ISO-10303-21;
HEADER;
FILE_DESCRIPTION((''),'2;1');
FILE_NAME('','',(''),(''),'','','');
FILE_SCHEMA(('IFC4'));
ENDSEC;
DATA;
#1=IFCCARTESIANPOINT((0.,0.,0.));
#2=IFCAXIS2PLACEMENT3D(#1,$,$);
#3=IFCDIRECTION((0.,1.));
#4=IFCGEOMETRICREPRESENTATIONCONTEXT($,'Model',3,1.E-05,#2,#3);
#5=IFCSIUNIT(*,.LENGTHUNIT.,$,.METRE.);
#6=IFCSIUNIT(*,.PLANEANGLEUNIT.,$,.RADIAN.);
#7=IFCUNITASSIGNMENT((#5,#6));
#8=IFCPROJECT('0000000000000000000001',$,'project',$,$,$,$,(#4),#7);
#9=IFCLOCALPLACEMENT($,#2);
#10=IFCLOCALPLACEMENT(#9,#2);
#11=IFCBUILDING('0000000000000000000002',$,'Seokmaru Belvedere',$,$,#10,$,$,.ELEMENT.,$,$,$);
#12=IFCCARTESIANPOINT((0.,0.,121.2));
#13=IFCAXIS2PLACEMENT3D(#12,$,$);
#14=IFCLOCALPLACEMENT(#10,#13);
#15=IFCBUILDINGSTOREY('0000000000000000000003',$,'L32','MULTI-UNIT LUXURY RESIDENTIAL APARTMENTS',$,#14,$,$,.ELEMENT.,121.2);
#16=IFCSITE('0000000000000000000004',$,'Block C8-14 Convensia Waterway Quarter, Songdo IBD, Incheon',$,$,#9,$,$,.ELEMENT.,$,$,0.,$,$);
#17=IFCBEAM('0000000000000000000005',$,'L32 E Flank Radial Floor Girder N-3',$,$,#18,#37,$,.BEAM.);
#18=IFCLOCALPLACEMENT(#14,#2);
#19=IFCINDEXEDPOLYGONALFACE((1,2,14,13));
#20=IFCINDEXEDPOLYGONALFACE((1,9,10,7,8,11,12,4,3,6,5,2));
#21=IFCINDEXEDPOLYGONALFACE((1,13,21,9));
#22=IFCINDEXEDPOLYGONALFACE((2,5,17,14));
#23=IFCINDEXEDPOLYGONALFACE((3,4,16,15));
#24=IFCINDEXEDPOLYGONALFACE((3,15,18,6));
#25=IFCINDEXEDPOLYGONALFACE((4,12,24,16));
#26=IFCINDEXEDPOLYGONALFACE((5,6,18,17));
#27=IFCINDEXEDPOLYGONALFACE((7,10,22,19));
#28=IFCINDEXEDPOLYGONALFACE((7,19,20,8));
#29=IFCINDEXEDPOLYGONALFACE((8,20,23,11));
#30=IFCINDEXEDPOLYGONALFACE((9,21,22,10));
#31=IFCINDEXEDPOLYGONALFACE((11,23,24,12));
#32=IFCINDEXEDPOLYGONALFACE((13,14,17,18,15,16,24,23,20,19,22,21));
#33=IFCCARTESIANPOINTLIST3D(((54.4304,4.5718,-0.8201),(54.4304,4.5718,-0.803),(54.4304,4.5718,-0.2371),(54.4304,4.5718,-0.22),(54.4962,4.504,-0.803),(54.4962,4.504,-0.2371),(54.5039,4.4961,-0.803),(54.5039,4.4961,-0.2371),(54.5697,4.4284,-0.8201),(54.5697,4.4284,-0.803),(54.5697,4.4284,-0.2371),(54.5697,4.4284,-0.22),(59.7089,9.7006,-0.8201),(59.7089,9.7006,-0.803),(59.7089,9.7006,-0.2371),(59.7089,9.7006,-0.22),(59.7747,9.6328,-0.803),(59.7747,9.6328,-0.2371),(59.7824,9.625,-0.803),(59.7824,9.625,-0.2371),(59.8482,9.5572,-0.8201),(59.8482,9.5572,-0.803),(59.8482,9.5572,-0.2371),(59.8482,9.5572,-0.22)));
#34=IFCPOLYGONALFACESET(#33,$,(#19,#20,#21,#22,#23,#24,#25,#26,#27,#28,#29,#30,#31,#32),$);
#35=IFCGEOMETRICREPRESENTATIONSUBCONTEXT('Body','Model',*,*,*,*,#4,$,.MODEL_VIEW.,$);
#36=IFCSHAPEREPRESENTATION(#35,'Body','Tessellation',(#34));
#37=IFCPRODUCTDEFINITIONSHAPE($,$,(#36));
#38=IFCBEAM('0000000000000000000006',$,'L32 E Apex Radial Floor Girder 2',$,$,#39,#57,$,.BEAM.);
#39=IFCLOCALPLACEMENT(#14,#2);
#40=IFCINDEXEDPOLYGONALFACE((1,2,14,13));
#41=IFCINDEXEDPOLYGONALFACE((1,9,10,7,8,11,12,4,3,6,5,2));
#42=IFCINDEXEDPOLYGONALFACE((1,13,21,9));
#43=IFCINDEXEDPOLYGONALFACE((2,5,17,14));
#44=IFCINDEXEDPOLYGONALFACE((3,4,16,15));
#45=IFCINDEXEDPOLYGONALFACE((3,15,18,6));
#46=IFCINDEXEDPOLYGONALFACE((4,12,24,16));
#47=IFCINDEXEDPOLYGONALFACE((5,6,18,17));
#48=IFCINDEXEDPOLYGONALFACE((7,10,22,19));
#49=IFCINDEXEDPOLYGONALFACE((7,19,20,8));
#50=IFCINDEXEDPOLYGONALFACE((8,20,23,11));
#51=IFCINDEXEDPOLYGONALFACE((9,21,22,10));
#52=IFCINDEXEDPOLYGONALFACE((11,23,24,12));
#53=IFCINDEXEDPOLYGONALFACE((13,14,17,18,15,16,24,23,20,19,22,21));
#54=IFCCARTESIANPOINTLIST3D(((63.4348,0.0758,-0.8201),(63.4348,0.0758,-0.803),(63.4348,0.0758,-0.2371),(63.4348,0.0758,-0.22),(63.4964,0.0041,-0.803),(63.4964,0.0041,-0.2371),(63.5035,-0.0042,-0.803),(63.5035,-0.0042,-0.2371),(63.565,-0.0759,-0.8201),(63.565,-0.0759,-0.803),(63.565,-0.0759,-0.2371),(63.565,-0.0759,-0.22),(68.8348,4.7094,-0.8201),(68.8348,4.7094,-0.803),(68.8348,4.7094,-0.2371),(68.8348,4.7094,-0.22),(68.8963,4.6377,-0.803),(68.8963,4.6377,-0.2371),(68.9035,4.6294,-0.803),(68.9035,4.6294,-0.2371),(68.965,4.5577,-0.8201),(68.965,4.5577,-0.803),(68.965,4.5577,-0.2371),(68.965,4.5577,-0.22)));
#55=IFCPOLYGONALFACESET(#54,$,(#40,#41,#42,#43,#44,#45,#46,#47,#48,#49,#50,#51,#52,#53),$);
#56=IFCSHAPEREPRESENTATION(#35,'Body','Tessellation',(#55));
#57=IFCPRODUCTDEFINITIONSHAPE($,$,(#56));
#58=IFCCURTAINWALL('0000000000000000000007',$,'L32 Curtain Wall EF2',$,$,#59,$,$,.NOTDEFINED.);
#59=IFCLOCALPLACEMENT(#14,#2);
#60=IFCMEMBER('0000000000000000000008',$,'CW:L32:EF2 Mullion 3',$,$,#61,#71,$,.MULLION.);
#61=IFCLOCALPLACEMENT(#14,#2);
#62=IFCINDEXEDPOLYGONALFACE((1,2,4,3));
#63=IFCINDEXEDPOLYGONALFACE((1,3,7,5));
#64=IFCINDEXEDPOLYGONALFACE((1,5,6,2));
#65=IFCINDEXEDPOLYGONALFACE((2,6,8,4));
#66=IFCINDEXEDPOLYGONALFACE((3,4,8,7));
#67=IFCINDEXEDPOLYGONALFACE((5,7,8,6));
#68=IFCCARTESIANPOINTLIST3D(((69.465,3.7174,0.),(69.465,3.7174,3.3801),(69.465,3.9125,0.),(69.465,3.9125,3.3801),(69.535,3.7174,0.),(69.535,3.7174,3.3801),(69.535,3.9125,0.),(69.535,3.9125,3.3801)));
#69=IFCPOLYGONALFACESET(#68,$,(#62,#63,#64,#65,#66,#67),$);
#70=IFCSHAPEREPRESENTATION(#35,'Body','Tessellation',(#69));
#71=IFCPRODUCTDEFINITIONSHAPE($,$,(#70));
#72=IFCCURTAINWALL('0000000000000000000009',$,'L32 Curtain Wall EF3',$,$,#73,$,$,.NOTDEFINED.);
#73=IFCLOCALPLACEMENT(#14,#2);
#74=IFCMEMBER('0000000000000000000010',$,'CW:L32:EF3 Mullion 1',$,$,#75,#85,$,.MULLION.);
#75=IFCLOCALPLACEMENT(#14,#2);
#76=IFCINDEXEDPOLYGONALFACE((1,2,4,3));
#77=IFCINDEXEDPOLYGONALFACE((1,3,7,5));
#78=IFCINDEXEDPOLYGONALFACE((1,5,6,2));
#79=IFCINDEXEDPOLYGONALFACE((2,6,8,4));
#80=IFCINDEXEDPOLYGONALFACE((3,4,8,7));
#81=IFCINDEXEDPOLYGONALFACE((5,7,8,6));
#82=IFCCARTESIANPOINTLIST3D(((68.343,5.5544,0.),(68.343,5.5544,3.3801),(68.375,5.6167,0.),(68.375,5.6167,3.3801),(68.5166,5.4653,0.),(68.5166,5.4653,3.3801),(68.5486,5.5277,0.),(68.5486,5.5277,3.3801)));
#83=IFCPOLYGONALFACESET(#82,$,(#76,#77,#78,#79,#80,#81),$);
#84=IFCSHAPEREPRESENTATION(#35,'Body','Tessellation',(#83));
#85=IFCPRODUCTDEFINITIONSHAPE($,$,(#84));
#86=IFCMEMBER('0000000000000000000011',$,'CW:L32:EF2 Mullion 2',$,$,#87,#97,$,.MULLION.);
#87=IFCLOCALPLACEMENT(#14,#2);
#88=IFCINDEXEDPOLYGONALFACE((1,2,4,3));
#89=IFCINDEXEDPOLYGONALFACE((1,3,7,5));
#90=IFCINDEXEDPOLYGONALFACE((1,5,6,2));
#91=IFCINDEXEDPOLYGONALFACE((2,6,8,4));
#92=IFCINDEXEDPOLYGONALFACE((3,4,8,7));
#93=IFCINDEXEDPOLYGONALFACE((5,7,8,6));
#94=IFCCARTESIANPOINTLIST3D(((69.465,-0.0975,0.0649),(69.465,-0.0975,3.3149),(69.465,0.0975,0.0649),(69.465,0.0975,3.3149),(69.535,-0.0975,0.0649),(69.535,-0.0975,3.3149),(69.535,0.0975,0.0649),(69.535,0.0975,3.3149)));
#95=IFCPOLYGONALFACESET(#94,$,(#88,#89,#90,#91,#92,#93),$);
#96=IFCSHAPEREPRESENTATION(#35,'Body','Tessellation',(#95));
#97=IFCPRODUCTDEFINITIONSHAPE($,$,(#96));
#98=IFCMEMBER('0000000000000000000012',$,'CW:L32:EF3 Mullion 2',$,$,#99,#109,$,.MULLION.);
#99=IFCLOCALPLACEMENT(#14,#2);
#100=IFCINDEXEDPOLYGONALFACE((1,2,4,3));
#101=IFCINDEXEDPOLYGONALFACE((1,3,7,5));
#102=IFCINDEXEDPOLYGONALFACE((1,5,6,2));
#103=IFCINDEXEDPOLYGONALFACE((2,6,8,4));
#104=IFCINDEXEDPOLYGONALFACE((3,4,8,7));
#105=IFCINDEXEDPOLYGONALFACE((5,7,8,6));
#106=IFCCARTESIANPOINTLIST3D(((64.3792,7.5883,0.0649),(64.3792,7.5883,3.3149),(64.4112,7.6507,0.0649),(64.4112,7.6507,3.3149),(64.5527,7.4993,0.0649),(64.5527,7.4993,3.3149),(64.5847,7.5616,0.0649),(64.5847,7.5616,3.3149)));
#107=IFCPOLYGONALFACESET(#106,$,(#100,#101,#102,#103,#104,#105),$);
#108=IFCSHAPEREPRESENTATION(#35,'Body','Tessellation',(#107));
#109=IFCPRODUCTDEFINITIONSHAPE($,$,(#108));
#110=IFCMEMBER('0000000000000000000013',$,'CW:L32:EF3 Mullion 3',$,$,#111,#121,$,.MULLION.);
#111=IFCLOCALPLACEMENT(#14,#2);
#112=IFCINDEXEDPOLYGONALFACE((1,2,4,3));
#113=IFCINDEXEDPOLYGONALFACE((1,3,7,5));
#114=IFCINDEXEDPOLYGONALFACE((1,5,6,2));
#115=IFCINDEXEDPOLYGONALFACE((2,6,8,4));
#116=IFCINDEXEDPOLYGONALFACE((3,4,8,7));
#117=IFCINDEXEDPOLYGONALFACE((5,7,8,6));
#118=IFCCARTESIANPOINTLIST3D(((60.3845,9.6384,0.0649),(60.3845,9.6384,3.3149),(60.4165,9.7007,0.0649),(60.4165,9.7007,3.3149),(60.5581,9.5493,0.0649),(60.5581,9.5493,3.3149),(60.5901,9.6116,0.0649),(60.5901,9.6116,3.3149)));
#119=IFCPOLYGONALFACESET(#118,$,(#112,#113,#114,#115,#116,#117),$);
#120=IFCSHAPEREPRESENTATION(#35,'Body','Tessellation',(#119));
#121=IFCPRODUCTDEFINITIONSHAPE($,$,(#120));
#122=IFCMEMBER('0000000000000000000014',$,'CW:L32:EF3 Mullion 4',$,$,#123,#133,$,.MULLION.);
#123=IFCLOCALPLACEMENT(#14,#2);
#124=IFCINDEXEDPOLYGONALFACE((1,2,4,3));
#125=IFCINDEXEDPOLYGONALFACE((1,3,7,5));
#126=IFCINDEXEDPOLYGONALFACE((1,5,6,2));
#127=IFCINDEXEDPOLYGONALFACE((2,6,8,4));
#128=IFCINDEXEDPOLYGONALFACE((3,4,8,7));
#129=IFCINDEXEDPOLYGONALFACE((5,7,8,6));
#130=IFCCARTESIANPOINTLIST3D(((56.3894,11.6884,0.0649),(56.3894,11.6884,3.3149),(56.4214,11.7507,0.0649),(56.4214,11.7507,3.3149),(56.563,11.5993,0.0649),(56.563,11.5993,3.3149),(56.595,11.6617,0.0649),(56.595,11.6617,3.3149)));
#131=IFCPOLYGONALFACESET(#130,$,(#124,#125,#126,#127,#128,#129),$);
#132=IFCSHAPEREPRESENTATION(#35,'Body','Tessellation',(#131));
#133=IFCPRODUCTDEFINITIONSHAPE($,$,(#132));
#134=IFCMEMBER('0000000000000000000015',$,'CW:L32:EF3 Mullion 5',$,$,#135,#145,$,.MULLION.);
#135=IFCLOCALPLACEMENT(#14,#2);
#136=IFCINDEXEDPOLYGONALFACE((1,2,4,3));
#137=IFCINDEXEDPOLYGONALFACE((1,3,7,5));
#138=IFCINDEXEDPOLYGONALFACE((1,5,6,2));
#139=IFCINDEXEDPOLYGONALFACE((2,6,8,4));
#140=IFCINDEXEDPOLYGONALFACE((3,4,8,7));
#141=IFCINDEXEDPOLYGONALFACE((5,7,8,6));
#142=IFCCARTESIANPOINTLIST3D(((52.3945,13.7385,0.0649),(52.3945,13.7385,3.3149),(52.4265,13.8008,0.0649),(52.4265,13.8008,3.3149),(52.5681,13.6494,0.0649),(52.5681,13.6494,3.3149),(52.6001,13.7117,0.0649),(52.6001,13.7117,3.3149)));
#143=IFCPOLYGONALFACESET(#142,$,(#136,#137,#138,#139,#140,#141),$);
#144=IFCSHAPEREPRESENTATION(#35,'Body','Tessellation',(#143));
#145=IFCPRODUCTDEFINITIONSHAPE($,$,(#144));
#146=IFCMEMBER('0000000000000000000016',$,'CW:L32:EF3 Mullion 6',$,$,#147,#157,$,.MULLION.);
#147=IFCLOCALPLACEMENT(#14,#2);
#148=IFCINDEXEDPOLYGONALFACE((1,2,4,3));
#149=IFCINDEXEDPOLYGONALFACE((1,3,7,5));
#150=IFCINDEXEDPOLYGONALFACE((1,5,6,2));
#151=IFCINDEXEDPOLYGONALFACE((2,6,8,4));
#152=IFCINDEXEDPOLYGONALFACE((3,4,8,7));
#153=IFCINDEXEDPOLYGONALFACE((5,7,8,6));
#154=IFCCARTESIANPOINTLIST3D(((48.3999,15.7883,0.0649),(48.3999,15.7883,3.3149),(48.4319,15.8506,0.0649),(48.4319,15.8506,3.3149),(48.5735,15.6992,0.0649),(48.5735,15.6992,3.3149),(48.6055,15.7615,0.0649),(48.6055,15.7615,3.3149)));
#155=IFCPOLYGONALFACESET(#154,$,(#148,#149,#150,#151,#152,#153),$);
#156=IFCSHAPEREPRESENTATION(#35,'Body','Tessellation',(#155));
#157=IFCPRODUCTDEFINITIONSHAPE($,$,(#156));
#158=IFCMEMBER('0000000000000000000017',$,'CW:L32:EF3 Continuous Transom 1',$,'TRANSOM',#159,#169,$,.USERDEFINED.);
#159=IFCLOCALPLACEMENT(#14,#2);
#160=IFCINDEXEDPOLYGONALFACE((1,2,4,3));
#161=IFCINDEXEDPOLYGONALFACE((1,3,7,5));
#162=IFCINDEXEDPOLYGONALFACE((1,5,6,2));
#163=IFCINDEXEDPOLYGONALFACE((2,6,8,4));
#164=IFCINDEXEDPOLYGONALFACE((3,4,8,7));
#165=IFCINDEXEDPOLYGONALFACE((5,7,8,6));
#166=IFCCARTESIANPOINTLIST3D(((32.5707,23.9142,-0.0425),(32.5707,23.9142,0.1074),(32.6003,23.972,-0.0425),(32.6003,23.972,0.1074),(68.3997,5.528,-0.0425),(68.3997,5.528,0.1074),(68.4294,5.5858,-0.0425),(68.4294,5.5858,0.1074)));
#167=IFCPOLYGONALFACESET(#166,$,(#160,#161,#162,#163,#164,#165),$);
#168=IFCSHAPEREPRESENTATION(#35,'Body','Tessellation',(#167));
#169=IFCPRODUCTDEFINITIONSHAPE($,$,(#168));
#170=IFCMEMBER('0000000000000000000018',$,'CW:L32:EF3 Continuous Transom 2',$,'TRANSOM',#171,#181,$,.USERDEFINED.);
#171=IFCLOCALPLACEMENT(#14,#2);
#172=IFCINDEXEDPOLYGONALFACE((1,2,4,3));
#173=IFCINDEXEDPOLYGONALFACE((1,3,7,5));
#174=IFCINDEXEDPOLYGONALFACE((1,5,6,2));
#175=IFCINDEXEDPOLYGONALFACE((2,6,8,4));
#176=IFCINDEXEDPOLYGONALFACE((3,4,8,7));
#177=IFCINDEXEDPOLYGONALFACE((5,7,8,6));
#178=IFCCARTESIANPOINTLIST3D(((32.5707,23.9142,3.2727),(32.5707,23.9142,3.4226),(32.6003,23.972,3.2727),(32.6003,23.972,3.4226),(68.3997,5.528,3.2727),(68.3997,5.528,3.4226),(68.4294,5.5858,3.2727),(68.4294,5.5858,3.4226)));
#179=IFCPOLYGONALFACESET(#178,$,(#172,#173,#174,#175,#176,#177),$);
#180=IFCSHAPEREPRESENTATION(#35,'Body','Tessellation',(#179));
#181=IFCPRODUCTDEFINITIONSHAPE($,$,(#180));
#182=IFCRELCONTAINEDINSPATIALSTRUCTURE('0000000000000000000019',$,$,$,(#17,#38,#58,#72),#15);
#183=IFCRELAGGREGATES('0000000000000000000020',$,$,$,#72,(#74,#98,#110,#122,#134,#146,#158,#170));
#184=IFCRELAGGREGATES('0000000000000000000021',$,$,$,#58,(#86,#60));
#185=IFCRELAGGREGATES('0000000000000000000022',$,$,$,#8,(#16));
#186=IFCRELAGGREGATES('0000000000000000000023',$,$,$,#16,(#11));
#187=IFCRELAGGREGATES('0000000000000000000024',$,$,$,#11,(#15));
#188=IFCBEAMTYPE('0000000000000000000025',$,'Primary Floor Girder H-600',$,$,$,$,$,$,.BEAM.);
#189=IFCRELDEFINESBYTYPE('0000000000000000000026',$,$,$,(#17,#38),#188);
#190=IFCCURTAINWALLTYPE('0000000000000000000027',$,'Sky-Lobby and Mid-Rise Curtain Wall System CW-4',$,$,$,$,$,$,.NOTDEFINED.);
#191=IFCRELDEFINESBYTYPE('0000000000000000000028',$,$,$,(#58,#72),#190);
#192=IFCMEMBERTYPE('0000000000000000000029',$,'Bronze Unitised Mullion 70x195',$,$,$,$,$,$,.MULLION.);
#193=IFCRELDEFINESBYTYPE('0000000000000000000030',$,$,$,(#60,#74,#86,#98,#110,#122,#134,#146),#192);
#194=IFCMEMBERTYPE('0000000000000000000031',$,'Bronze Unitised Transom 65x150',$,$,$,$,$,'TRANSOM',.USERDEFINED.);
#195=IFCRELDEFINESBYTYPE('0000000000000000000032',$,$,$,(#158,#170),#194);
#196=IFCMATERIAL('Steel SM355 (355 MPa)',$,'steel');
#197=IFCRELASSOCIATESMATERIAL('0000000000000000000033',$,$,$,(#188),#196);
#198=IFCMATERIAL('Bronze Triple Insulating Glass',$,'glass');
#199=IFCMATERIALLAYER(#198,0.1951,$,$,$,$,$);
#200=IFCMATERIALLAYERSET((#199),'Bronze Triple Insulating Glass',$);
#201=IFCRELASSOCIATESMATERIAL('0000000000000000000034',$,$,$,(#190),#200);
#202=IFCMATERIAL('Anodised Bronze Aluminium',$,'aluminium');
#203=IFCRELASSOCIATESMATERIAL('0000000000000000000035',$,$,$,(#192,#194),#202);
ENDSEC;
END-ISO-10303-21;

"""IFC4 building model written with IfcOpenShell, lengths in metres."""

from ifc_helpers import new_model, si_unit, direction, frame, origin, origin_2d, place, context, subcontext, project, spatial, rectangle, i_section, extrude, source, transform, mapped, material, layer, layer_set, material_profile, profile_set, type_object, type_shapes, element, aggregate, save


model = new_model("IFC4")

# Units and contexts
model_context = context("Model", 3, precision=1e-05, world=origin(), true_north=direction((0.0, 1.0)))
body_context = subcontext(model_context, "Body", "Model", "MODEL_VIEW")
ifc_project = project(units=[si_unit("LENGTHUNIT", "METRE"), si_unit("PLANEANGLEUNIT", "RADIAN")], contexts=[model_context])

# Site, building, storey
site_placement = place(None, origin())
site = spatial("IfcSite", under=ifc_project, at=site_placement, Name="Block C8-14 Convensia Waterway Quarter, Songdo IBD, Incheon", CompositionType="ELEMENT", RefElevation=0.0)
building_placement = place(site_placement, origin())
building = spatial("IfcBuilding", under=site, at=building_placement, Name="Seokmaru Belvedere", CompositionType="ELEMENT")
storey_placement = place(building_placement, frame((0.0, 0.0, 121.2)))
storey = spatial("IfcBuildingStorey", under=building, at=storey_placement, Name="L32", Description="MULTI-UNIT LUXURY RESIDENTIAL APARTMENTS", CompositionType="ELEMENT", Elevation=121.2)

# Shared definitions
ifc_material_1 = material(Name="Steel SM355 (355 MPa)", Category="steel")

# Beams
ifc_material_profile_1 = material_profile(ifc_material_1, i_section(OverallWidth=0.2, OverallDepth=0.6001, WebThickness=0.011, FlangeThickness=0.0171, at=origin_2d()), Name="H-600x200x11x17")
ifc_profile_set_1 = profile_set([ifc_material_profile_1], Name="Steel SM355 (355 MPa)")
beam_type_1 = type_object("IfcBeamType", Name="Primary Floor Girder H-600", PredefinedType="BEAM", material=ifc_profile_set_1)
shared_shape_1 = source(origin(), body_context, "Body", "SweptSolid", [
    extrude(i_section(OverallWidth=0.2, OverallDepth=0.6001, WebThickness=0.011, FlangeThickness=0.0171, at=origin_2d()), origin(), (0.0, 0.0, 1.0), 7.3599),
])
beam_1_placement = place(storey_placement, frame((59.7786, 9.6289, -0.52), z_axis=(-0.717201, -0.696867, 0.0), x_axis=(0.696867, -0.717201, 0.0)))
element("IfcBeam", 1, at=beam_1_placement, inside=storey, type_object=beam_type_1, Name="L32 E Flank Radial Floor Girder N-3", PredefinedType="BEAM", context=body_context, shape_type="MappedRepresentation", body=[
    mapped(shared_shape_1, transform((0.0, 0.0, 0.0), scale=1.0)),
])
shared_shape_2 = source(origin(), body_context, "Body", "SweptSolid", [
    extrude(i_section(OverallWidth=0.2, OverallDepth=0.6001, WebThickness=0.011, FlangeThickness=0.0171, at=origin_2d()), origin(), (0.0, 0.0, 1.0), 7.1155),
])
beam_2_placement = place(storey_placement, frame((68.8999, 4.6335, -0.52), z_axis=(-0.758905, -0.651201, 0.0), x_axis=(0.651201, -0.758905, 0.0)))
element("IfcBeam", 2, at=beam_2_placement, inside=storey, type_object=beam_type_1, Name="L32 E Apex Radial Floor Girder 2", PredefinedType="BEAM", context=body_context, shape_type="MappedRepresentation", body=[
    mapped(shared_shape_2, transform((0.0, 0.0, 0.0), scale=1.0)),
])

# Curtain walls, members
ifc_material_2 = material(Name="Bronze Triple Insulating Glass", Category="glass")
ifc_layer_1 = layer(ifc_material_2, 0.1951)
ifc_layer_set_1 = layer_set([ifc_layer_1], Name="Bronze Triple Insulating Glass")
curtain_wall_type = type_object("IfcCurtainWallType", Name="Sky-Lobby and Mid-Rise Curtain Wall System CW-4", PredefinedType="NOTDEFINED", material=ifc_layer_set_1)
curtain_wall_1_placement = place(storey_placement, origin())
curtain_wall_1 = element("IfcCurtainWall", 3, at=curtain_wall_1_placement, inside=storey, type_object=curtain_wall_type, Name="L32 Curtain Wall EF2", PredefinedType="NOTDEFINED")
ifc_material_3 = material(Name="Anodised Bronze Aluminium", Category="aluminium")
ifc_material_profile_2 = material_profile(ifc_material_3, rectangle(XDim=0.0701, YDim=0.1951, at=origin_2d()), Name="CW-M-70x195")
ifc_profile_set_2 = profile_set([ifc_material_profile_2], Name="Anodised Bronze Aluminium")
member_type_1 = type_object("IfcMemberType", Name="Bronze Unitised Mullion 70x195", PredefinedType="MULLION", material=ifc_profile_set_2)
shared_shape_3 = source(origin(), body_context, "Body", "SweptSolid", [
    extrude(rectangle(XDim=0.0701, YDim=0.1951, at=origin_2d()), origin(), (0.0, 0.0, 1.0), 3.3801),
])
member_1_placement = place(storey_placement, frame((69.5, 3.8149, 0.0), z_axis=(0.0, 0.0, 1.0), x_axis=(-1.0, 0.0, 0.0)))
member_1 = element("IfcMember", 4, at=member_1_placement, type_object=member_type_1, Name="CW:L32:EF2 Mullion 3", PredefinedType="MULLION", context=body_context, shape_type="MappedRepresentation", body=[
    mapped(shared_shape_3, transform((0.0, 0.0, 0.0), scale=1.0)),
])
curtain_wall_2_placement = place(storey_placement, origin())
curtain_wall_2 = element("IfcCurtainWall", 5, at=curtain_wall_2_placement, inside=storey, type_object=curtain_wall_type, Name="L32 Curtain Wall EF3", PredefinedType="NOTDEFINED")
member_2_placement = place(storey_placement, frame((68.4458, 5.541, 0.0), z_axis=(0.0, 0.0, 1.0), x_axis=(-0.456555, -0.889695, 0.0)))
member_2 = element("IfcMember", 6, at=member_2_placement, type_object=member_type_1, Name="CW:L32:EF3 Mullion 1", PredefinedType="MULLION", context=body_context, shape_type="MappedRepresentation", body=[
    mapped(shared_shape_3, transform((0.0, 0.0, 0.0), scale=1.0)),
])

# Members
shared_shape_4 = source(origin(), body_context, "Body", "SweptSolid", [
    extrude(rectangle(XDim=0.0701, YDim=0.1951, at=origin_2d()), origin(), (0.0, 0.0, 1.0), 3.25),
])
type_shapes(member_type_1, [shared_shape_3, shared_shape_4])
member_3_placement = place(storey_placement, frame((69.5, 0.0, 0.0649), z_axis=(0.0, 0.0, 1.0), x_axis=(-1.0, 0.0, 0.0)))
member_3 = element("IfcMember", 7, at=member_3_placement, type_object=member_type_1, Name="CW:L32:EF2 Mullion 2", PredefinedType="MULLION", context=body_context, shape_type="MappedRepresentation", body=[
    mapped(shared_shape_4, transform((0.0, 0.0, 0.0), scale=1.0)),
])
member_4_placement = place(storey_placement, frame((64.4819, 7.575, 0.0649), z_axis=(0.0, 0.0, 1.0), x_axis=(-0.456555, -0.889695, 0.0)))
member_4 = element("IfcMember", 8, at=member_4_placement, type_object=member_type_1, Name="CW:L32:EF3 Mullion 2", PredefinedType="MULLION", context=body_context, shape_type="MappedRepresentation", body=[
    mapped(shared_shape_4, transform((0.0, 0.0, 0.0), scale=1.0)),
])
member_5_placement = place(storey_placement, frame((60.4873, 9.625, 0.0649), z_axis=(0.0, 0.0, 1.0), x_axis=(-0.456555, -0.889695, 0.0)))
member_5 = element("IfcMember", 9, at=member_5_placement, type_object=member_type_1, Name="CW:L32:EF3 Mullion 3", PredefinedType="MULLION", context=body_context, shape_type="MappedRepresentation", body=[
    mapped(shared_shape_4, transform((0.0, 0.0, 0.0), scale=1.0)),
])
member_6_placement = place(storey_placement, frame((56.4922, 11.675, 0.0649), z_axis=(0.0, 0.0, 1.0), x_axis=(-0.456555, -0.889695, 0.0)))
member_6 = element("IfcMember", 10, at=member_6_placement, type_object=member_type_1, Name="CW:L32:EF3 Mullion 4", PredefinedType="MULLION", context=body_context, shape_type="MappedRepresentation", body=[
    mapped(shared_shape_4, transform((0.0, 0.0, 0.0), scale=1.0)),
])
member_7_placement = place(storey_placement, frame((52.4973, 13.7251, 0.0649), z_axis=(0.0, 0.0, 1.0), x_axis=(-0.456555, -0.889695, 0.0)))
member_7 = element("IfcMember", 11, at=member_7_placement, type_object=member_type_1, Name="CW:L32:EF3 Mullion 5", PredefinedType="MULLION", context=body_context, shape_type="MappedRepresentation", body=[
    mapped(shared_shape_4, transform((0.0, 0.0, 0.0), scale=1.0)),
])
member_8_placement = place(storey_placement, frame((48.5027, 15.7749, 0.0649), z_axis=(0.0, 0.0, 1.0), x_axis=(-0.456555, -0.889695, 0.0)))
member_8 = element("IfcMember", 12, at=member_8_placement, type_object=member_type_1, Name="CW:L32:EF3 Mullion 6", PredefinedType="MULLION", context=body_context, shape_type="MappedRepresentation", body=[
    mapped(shared_shape_4, transform((0.0, 0.0, 0.0), scale=1.0)),
])
ifc_material_profile_3 = material_profile(ifc_material_3, rectangle(XDim=0.0649, YDim=0.1499, at=origin_2d()), Name="CW-T-65x150")
ifc_profile_set_3 = profile_set([ifc_material_profile_3], Name="Anodised Bronze Aluminium")
member_type_2 = type_object("IfcMemberType", Name="Bronze Unitised Transom 65x150", ElementType="TRANSOM", PredefinedType="USERDEFINED", material=ifc_profile_set_3)
shared_shape_5 = source(origin(), body_context, "Body", "SweptSolid", [
    extrude(rectangle(XDim=0.0649, YDim=0.1499, at=origin_2d()), origin(), (0.0, 0.0, 1.0), 40.2712),
])
member_9_placement = place(storey_placement, frame((68.4146, 5.5569, 0.0325), z_axis=(-0.889693, 0.456559, 0.0), x_axis=(-0.456559, -0.889693, 0.0)))
member_9 = element("IfcMember", 13, at=member_9_placement, type_object=member_type_2, Name="CW:L32:EF3 Continuous Transom 1", ObjectType="TRANSOM", PredefinedType="USERDEFINED", context=body_context, shape_type="MappedRepresentation", body=[
    mapped(shared_shape_5, transform((0.0, 0.0, 0.0), scale=1.0)),
])
member_10_placement = place(storey_placement, frame((68.4146, 5.5569, 3.3477), z_axis=(-0.889693, 0.456559, 0.0), x_axis=(-0.456559, -0.889693, 0.0)))
member_10 = element("IfcMember", 14, at=member_10_placement, type_object=member_type_2, Name="CW:L32:EF3 Continuous Transom 2", ObjectType="TRANSOM", PredefinedType="USERDEFINED", context=body_context, shape_type="MappedRepresentation", body=[
    mapped(shared_shape_5, transform((0.0, 0.0, 0.0), scale=1.0)),
])

aggregate(curtain_wall_2, [member_2, member_4, member_5, member_6, member_7, member_8, member_9, member_10])
aggregate(curtain_wall_1, [member_3, member_1])

save(model, "model.ifc")
